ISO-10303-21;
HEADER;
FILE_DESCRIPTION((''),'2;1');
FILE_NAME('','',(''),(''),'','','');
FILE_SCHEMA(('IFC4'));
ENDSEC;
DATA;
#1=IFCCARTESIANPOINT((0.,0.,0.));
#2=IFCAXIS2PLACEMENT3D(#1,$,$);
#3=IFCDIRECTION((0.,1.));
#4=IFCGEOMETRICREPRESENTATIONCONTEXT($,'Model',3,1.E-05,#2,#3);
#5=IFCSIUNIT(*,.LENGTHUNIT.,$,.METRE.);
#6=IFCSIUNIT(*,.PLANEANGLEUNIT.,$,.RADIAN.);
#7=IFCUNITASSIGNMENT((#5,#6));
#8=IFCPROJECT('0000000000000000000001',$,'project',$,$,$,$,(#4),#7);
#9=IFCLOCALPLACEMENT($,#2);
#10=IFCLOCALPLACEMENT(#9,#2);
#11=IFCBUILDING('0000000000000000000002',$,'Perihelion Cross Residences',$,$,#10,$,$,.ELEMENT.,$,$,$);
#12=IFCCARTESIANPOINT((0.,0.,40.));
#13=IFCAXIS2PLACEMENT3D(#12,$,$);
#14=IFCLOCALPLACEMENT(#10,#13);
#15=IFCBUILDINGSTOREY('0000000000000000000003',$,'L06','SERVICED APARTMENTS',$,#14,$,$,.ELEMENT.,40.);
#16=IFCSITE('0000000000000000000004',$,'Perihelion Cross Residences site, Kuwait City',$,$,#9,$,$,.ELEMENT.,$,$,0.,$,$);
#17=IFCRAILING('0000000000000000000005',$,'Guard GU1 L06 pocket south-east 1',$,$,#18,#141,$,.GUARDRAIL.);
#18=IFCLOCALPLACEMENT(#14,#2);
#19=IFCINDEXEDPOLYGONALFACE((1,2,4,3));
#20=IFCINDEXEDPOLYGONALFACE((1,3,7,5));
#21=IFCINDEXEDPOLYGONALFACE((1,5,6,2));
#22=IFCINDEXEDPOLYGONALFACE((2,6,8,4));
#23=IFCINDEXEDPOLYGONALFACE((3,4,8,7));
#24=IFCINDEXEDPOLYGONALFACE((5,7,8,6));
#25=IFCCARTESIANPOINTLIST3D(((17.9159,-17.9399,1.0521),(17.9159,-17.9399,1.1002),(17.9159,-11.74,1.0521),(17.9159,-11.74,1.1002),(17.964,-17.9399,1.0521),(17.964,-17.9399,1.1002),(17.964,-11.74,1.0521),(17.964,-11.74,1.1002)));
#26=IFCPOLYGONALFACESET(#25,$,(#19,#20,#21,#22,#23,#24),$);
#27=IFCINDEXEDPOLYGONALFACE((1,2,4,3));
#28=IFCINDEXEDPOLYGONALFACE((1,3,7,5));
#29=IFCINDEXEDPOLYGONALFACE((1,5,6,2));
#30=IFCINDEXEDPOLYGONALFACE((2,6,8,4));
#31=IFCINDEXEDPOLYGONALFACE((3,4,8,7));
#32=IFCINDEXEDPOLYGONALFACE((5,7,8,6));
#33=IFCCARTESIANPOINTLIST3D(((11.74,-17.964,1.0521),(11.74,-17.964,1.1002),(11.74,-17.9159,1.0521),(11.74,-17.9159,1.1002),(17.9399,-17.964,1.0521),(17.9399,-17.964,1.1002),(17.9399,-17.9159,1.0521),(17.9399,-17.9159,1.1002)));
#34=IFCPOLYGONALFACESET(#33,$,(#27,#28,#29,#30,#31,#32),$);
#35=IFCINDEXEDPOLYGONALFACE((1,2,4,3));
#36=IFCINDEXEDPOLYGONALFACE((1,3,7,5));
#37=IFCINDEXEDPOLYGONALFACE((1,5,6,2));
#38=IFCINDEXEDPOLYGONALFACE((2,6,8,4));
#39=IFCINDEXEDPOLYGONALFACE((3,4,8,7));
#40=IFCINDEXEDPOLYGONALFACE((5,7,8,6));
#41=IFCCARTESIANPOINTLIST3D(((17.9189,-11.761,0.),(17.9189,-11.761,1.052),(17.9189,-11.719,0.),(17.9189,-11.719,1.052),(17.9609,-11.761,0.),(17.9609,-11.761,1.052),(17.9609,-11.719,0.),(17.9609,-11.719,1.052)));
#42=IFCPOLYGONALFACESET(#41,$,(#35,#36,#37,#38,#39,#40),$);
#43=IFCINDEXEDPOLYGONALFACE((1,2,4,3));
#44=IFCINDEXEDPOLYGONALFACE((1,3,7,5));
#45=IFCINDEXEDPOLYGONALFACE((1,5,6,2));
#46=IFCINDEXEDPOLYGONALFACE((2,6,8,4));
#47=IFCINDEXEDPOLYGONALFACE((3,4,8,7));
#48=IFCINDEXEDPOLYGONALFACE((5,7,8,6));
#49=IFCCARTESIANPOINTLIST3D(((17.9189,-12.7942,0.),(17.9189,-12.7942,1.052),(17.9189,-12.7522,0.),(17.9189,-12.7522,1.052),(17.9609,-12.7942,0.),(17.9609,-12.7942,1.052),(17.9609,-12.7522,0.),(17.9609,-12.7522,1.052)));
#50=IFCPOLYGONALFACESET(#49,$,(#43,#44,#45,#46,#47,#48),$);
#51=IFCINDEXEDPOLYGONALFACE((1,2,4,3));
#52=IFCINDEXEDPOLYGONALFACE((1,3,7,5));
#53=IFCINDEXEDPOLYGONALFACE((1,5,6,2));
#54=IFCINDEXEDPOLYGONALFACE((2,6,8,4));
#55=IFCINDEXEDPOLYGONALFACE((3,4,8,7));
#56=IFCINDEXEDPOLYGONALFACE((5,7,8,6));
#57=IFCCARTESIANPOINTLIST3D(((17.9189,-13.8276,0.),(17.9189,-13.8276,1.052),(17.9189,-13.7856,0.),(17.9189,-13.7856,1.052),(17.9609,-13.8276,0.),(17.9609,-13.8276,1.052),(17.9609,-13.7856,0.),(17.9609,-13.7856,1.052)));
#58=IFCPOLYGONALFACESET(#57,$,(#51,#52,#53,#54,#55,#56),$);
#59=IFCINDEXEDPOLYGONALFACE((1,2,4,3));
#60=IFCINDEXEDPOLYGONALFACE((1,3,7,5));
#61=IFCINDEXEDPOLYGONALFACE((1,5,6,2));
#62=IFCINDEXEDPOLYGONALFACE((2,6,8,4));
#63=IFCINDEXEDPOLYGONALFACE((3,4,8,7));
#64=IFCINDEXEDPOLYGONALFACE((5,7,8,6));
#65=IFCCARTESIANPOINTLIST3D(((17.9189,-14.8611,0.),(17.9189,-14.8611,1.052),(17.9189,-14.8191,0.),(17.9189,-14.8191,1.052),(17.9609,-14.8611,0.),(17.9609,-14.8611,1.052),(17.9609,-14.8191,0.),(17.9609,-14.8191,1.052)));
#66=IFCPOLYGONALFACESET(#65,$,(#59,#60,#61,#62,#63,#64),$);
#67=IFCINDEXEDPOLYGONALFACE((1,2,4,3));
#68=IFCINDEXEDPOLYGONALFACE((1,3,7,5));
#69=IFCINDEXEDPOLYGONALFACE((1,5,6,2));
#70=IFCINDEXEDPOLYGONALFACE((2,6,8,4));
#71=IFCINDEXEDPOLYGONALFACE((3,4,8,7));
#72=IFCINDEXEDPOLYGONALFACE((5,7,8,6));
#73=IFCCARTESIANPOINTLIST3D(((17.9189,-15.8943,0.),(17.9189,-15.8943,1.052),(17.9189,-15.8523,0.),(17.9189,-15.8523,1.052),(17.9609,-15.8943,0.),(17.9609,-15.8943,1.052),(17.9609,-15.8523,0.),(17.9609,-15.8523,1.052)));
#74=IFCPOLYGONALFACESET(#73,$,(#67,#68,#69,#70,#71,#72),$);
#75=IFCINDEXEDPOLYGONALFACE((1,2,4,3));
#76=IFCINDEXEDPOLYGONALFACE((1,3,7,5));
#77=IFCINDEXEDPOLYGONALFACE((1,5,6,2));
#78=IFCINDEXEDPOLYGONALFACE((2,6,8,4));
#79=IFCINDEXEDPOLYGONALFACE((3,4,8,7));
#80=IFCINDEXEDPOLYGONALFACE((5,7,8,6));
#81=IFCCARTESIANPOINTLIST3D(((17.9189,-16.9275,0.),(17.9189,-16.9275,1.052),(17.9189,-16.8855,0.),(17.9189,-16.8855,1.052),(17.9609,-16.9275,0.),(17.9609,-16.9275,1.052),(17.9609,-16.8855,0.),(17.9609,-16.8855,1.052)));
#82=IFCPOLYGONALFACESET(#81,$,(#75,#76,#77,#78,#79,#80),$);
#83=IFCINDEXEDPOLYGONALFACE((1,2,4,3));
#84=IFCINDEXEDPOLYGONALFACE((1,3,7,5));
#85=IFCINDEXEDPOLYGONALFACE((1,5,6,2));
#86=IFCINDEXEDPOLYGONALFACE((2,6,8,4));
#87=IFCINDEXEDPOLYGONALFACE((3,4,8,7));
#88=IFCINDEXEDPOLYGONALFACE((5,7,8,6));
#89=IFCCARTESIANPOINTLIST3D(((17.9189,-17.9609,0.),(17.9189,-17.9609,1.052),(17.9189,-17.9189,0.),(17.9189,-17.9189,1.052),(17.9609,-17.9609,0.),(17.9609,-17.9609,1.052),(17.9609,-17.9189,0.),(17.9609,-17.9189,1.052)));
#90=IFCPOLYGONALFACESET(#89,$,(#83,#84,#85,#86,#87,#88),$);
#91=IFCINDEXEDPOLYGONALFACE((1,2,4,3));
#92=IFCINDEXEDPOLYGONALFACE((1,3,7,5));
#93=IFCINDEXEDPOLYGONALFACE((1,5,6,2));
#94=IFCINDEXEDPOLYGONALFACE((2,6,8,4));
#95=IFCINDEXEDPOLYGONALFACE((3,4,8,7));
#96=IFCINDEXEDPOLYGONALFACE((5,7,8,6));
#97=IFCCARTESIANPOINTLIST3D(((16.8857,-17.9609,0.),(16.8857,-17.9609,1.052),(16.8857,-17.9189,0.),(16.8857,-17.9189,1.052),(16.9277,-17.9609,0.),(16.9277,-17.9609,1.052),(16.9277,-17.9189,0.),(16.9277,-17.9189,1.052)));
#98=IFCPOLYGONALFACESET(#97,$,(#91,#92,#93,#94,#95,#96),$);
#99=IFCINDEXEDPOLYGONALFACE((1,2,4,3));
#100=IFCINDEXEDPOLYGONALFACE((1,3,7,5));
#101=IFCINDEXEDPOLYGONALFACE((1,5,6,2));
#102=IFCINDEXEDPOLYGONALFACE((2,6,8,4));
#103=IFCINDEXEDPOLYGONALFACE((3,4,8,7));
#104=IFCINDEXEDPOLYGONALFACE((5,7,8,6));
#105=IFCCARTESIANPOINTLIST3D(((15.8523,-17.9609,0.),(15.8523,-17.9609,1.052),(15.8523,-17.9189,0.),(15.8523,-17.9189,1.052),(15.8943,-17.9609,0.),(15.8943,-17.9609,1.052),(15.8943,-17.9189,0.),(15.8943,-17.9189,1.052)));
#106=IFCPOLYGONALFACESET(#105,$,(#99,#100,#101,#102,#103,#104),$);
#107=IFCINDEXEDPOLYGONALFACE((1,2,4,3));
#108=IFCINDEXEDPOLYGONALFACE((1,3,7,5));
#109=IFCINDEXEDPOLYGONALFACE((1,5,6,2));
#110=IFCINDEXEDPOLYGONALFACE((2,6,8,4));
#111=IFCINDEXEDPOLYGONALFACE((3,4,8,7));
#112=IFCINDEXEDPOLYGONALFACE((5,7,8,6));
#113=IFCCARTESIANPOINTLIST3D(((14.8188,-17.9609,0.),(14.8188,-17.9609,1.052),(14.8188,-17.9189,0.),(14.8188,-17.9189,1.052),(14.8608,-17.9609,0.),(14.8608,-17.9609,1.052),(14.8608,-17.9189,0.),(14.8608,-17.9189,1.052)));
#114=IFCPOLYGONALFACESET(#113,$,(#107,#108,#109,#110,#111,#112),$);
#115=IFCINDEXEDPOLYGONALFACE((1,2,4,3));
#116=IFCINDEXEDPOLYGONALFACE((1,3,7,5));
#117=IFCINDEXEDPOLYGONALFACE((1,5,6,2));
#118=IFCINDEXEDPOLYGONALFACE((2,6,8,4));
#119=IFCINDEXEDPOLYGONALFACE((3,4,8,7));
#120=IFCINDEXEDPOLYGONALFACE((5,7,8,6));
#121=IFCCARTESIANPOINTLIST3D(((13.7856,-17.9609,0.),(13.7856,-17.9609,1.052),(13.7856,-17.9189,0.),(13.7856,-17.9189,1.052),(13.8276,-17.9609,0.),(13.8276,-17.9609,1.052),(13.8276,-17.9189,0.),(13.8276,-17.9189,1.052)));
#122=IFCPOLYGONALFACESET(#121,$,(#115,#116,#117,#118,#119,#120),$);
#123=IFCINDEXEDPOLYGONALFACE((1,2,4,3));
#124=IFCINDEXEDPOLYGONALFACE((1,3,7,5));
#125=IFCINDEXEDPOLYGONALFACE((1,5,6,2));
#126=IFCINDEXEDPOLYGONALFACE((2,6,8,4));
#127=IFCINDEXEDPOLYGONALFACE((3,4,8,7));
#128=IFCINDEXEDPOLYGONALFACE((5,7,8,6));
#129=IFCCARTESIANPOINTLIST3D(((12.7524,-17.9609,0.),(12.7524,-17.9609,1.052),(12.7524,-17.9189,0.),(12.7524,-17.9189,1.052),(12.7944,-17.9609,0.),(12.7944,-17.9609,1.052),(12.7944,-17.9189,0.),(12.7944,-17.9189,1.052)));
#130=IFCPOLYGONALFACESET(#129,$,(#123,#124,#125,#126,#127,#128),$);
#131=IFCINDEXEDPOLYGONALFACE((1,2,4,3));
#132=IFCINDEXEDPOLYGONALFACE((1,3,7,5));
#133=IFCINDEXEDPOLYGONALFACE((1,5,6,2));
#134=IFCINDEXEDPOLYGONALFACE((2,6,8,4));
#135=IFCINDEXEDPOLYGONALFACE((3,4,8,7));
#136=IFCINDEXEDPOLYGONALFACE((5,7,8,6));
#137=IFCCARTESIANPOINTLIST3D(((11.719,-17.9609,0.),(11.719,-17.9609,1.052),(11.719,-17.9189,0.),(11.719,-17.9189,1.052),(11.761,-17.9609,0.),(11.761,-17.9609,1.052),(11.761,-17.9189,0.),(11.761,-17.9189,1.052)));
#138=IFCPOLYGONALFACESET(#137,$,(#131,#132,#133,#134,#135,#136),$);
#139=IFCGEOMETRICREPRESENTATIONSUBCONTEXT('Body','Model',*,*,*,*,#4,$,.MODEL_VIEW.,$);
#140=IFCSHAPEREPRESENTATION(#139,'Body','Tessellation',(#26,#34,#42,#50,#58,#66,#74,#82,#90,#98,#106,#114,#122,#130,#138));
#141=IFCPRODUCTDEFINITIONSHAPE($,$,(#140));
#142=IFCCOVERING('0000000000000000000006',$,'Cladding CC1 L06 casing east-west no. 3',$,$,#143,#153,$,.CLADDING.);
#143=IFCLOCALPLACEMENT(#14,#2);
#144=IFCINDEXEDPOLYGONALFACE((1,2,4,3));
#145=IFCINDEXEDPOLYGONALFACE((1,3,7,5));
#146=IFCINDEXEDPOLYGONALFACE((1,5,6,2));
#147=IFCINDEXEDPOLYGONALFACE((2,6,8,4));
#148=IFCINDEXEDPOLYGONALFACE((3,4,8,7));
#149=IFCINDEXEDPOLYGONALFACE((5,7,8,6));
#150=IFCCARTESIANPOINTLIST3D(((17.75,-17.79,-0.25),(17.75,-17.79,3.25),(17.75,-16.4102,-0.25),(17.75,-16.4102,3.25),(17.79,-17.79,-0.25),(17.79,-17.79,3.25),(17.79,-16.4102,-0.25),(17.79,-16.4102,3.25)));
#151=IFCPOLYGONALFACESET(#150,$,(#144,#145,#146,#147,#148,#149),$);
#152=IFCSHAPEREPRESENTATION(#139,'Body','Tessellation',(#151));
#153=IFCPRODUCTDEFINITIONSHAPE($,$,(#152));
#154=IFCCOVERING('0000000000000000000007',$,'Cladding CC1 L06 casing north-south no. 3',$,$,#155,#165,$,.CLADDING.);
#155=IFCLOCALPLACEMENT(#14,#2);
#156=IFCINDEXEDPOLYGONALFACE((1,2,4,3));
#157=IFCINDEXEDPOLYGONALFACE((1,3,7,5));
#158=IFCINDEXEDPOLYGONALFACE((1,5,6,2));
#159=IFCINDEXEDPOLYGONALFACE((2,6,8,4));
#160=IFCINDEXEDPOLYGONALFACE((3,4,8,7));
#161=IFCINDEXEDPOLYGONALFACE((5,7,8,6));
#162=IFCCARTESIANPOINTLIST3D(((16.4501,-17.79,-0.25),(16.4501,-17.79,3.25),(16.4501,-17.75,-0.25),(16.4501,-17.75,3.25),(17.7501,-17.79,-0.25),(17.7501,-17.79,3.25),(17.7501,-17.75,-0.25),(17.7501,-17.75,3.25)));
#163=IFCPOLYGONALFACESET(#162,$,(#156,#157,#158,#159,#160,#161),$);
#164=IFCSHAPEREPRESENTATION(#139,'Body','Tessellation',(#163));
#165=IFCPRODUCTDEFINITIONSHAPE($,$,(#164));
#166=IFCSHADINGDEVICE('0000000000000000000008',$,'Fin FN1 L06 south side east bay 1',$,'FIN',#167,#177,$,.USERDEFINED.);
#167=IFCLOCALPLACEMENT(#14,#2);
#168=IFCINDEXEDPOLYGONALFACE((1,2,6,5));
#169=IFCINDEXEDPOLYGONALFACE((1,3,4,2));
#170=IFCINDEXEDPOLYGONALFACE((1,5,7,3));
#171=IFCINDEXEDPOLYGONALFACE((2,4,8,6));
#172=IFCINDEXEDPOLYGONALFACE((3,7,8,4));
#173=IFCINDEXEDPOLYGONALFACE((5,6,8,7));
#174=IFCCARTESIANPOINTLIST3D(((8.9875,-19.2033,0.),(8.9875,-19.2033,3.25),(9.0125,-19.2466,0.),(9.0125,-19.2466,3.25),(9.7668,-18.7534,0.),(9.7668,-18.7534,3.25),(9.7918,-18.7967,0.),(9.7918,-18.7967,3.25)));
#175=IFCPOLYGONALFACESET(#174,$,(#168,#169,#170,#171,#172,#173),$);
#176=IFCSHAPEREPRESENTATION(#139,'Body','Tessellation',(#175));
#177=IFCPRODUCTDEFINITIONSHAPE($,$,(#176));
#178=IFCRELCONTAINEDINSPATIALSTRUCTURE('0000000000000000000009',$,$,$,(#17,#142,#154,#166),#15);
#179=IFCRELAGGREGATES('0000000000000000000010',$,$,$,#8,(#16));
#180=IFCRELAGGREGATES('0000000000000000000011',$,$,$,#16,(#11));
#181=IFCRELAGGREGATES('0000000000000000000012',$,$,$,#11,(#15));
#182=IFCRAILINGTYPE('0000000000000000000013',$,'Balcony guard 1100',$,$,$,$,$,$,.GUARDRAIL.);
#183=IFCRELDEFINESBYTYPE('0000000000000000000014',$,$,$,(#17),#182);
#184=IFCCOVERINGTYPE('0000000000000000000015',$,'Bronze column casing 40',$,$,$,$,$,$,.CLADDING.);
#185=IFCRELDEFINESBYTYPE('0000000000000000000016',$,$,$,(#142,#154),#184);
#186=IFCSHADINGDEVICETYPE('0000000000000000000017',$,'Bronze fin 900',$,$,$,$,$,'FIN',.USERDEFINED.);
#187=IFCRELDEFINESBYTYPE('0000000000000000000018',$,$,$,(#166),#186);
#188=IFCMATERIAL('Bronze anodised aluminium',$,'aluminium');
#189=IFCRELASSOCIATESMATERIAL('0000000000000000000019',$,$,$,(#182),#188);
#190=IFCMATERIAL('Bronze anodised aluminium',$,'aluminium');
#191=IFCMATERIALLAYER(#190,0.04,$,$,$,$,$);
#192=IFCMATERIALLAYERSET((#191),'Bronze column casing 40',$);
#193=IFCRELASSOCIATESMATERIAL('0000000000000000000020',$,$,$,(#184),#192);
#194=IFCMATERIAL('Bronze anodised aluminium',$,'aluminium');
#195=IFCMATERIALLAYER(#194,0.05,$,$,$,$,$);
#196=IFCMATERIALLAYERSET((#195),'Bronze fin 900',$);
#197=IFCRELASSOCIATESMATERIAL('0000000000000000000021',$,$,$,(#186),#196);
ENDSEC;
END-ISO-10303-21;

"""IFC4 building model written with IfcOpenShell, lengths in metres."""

from ifc_helpers import new_model, si_unit, direction, frame, origin, origin_2d, place, context, subcontext, project, spatial, rectangle, extrude, material, layer, layer_set, type_object, element, save


model = new_model("IFC4")

# Units and contexts
model_context = context("Model", 3, precision=1e-05, world=origin(), true_north=direction((0.0, 1.0)))
body_context = subcontext(model_context, "Body", "Model", "MODEL_VIEW")
ifc_project = project(units=[si_unit("LENGTHUNIT", "METRE"), si_unit("PLANEANGLEUNIT", "RADIAN")], contexts=[model_context])

# Site, building, storey
site_placement = place(None, origin())
site = spatial("IfcSite", under=ifc_project, at=site_placement, Name="Perihelion Cross Residences site, Kuwait City", CompositionType="ELEMENT", RefElevation=0.0)
building_placement = place(site_placement, origin())
building = spatial("IfcBuilding", under=site, at=building_placement, Name="Perihelion Cross Residences", CompositionType="ELEMENT")
storey_placement = place(building_placement, frame((0.0, 0.0, 40.0)))
storey = spatial("IfcBuildingStorey", under=building, at=storey_placement, Name="L06", Description="SERVICED APARTMENTS", CompositionType="ELEMENT", Elevation=40.0)

# Railing
ifc_material_1 = material(Name="Bronze anodised aluminium", Category="aluminium")
railing_type = type_object("IfcRailingType", Name="Balcony guard 1100", PredefinedType="GUARDRAIL", material=ifc_material_1)
railing_1_placement = place(storey_placement, frame((17.9399, -11.74, 0.0)))
element("IfcRailing", 1, at=railing_1_placement, inside=storey, type_object=railing_type, Name="Guard GU1 L06 pocket south-east 1", PredefinedType="GUARDRAIL", context=body_context, shape_type="SweptSolid", body=[
    extrude(rectangle(XDim=0.0481, YDim=0.0481, at=origin_2d()), frame((0.0, 0.0, 1.0762), z_axis=(0.0, -1.0, 0.0), x_axis=(1.0, 0.0, 0.0)), (0.0, 0.0, 1.0), 6.2),
    extrude(rectangle(XDim=0.0481, YDim=0.0481, at=origin_2d()), frame((0.0, -6.2, 1.0762), z_axis=(-1.0, 0.0, 0.0), x_axis=(0.0, -1.0, 0.0)), (0.0, 0.0, 1.0), 6.2),
    extrude(rectangle(XDim=0.042, YDim=0.042, at=origin_2d()), origin(), (0.0, 0.0, 1.0), 1.052),
    extrude(rectangle(XDim=0.042, YDim=0.042, at=origin_2d()), frame((0.0, -1.0332, 0.0)), (0.0, 0.0, 1.0), 1.052),
    extrude(rectangle(XDim=0.042, YDim=0.042, at=origin_2d()), frame((0.0, -2.0667, 0.0)), (0.0, 0.0, 1.0), 1.052),
    extrude(rectangle(XDim=0.042, YDim=0.042, at=origin_2d()), frame((0.0, -3.1001, 0.0)), (0.0, 0.0, 1.0), 1.052),
    extrude(rectangle(XDim=0.042, YDim=0.042, at=origin_2d()), frame((0.0, -4.1333, 0.0)), (0.0, 0.0, 1.0), 1.052),
    extrude(rectangle(XDim=0.042, YDim=0.042, at=origin_2d()), frame((0.0, -5.1665, 0.0)), (0.0, 0.0, 1.0), 1.052),
    extrude(rectangle(XDim=0.042, YDim=0.042, at=origin_2d()), frame((0.0, -6.2, 0.0)), (0.0, 0.0, 1.0), 1.052),
    extrude(rectangle(XDim=0.042, YDim=0.042, at=origin_2d()), frame((-1.0332, -6.2, 0.0)), (0.0, 0.0, 1.0), 1.052),
    extrude(rectangle(XDim=0.042, YDim=0.042, at=origin_2d()), frame((-2.0667, -6.2, 0.0)), (0.0, 0.0, 1.0), 1.052),
    extrude(rectangle(XDim=0.042, YDim=0.042, at=origin_2d()), frame((-3.1001, -6.2, 0.0)), (0.0, 0.0, 1.0), 1.052),
    extrude(rectangle(XDim=0.042, YDim=0.042, at=origin_2d()), frame((-4.1333, -6.2, 0.0)), (0.0, 0.0, 1.0), 1.052),
    extrude(rectangle(XDim=0.042, YDim=0.042, at=origin_2d()), frame((-5.1665, -6.2, 0.0)), (0.0, 0.0, 1.0), 1.052),
    extrude(rectangle(XDim=0.042, YDim=0.042, at=origin_2d()), frame((-6.2, -6.2, 0.0)), (0.0, 0.0, 1.0), 1.052),
])

# Coverings
ifc_material_2 = material(Name="Bronze anodised aluminium", Category="aluminium")
ifc_layer_1 = layer(ifc_material_2, 0.04)
ifc_layer_set_1 = layer_set([ifc_layer_1], Name="Bronze column casing 40")
covering_type = type_object("IfcCoveringType", Name="Bronze column casing 40", PredefinedType="CLADDING", material=ifc_layer_set_1)
covering_1_placement = place(storey_placement, frame((17.77, -17.1001, -0.25), z_axis=(0.0, 0.0, 1.0), x_axis=(1.0, 0.0, 0.0)))
element("IfcCovering", 2, at=covering_1_placement, inside=storey, type_object=covering_type, Name="Cladding CC1 L06 casing east-west no. 3", PredefinedType="CLADDING", context=body_context, shape_type="SweptSolid", body=[
    extrude(rectangle(XDim=0.04, YDim=1.3799, at=origin_2d()), origin(), (0.0, 0.0, 1.0), 3.5),
])
covering_2_placement = place(storey_placement, frame((17.1001, -17.77, -0.25), z_axis=(0.0, 0.0, 1.0), x_axis=(1.0, 0.0, 0.0)))
element("IfcCovering", 3, at=covering_2_placement, inside=storey, type_object=covering_type, Name="Cladding CC1 L06 casing north-south no. 3", PredefinedType="CLADDING", context=body_context, shape_type="SweptSolid", body=[
    extrude(rectangle(XDim=1.3, YDim=0.04, at=origin_2d()), origin(), (0.0, 0.0, 1.0), 3.5),
])

# Shading device
ifc_material_3 = material(Name="Bronze anodised aluminium", Category="aluminium")
ifc_layer_2 = layer(ifc_material_3, 0.05)
ifc_layer_set_2 = layer_set([ifc_layer_2], Name="Bronze fin 900")
shading_device_type = type_object("IfcShadingDeviceType", Name="Bronze fin 900", ElementType="FIN", PredefinedType="USERDEFINED", material=ifc_layer_set_2)
shading_device_placement = place(storey_placement, frame((9.3896, -19.0, 0.0), z_axis=(0.0, 0.0, 1.0), x_axis=(0.866025, 0.5, 0.0)))
element("IfcShadingDevice", 4, at=shading_device_placement, inside=storey, type_object=shading_device_type, Name="Fin FN1 L06 south side east bay 1", ObjectType="FIN", PredefinedType="USERDEFINED", context=body_context, shape_type="SweptSolid", body=[
    extrude(rectangle(XDim=0.8999, YDim=0.05, at=origin_2d()), origin(), (0.0, 0.0, 1.0), 3.25),
])

save(model, "model.ifc")
